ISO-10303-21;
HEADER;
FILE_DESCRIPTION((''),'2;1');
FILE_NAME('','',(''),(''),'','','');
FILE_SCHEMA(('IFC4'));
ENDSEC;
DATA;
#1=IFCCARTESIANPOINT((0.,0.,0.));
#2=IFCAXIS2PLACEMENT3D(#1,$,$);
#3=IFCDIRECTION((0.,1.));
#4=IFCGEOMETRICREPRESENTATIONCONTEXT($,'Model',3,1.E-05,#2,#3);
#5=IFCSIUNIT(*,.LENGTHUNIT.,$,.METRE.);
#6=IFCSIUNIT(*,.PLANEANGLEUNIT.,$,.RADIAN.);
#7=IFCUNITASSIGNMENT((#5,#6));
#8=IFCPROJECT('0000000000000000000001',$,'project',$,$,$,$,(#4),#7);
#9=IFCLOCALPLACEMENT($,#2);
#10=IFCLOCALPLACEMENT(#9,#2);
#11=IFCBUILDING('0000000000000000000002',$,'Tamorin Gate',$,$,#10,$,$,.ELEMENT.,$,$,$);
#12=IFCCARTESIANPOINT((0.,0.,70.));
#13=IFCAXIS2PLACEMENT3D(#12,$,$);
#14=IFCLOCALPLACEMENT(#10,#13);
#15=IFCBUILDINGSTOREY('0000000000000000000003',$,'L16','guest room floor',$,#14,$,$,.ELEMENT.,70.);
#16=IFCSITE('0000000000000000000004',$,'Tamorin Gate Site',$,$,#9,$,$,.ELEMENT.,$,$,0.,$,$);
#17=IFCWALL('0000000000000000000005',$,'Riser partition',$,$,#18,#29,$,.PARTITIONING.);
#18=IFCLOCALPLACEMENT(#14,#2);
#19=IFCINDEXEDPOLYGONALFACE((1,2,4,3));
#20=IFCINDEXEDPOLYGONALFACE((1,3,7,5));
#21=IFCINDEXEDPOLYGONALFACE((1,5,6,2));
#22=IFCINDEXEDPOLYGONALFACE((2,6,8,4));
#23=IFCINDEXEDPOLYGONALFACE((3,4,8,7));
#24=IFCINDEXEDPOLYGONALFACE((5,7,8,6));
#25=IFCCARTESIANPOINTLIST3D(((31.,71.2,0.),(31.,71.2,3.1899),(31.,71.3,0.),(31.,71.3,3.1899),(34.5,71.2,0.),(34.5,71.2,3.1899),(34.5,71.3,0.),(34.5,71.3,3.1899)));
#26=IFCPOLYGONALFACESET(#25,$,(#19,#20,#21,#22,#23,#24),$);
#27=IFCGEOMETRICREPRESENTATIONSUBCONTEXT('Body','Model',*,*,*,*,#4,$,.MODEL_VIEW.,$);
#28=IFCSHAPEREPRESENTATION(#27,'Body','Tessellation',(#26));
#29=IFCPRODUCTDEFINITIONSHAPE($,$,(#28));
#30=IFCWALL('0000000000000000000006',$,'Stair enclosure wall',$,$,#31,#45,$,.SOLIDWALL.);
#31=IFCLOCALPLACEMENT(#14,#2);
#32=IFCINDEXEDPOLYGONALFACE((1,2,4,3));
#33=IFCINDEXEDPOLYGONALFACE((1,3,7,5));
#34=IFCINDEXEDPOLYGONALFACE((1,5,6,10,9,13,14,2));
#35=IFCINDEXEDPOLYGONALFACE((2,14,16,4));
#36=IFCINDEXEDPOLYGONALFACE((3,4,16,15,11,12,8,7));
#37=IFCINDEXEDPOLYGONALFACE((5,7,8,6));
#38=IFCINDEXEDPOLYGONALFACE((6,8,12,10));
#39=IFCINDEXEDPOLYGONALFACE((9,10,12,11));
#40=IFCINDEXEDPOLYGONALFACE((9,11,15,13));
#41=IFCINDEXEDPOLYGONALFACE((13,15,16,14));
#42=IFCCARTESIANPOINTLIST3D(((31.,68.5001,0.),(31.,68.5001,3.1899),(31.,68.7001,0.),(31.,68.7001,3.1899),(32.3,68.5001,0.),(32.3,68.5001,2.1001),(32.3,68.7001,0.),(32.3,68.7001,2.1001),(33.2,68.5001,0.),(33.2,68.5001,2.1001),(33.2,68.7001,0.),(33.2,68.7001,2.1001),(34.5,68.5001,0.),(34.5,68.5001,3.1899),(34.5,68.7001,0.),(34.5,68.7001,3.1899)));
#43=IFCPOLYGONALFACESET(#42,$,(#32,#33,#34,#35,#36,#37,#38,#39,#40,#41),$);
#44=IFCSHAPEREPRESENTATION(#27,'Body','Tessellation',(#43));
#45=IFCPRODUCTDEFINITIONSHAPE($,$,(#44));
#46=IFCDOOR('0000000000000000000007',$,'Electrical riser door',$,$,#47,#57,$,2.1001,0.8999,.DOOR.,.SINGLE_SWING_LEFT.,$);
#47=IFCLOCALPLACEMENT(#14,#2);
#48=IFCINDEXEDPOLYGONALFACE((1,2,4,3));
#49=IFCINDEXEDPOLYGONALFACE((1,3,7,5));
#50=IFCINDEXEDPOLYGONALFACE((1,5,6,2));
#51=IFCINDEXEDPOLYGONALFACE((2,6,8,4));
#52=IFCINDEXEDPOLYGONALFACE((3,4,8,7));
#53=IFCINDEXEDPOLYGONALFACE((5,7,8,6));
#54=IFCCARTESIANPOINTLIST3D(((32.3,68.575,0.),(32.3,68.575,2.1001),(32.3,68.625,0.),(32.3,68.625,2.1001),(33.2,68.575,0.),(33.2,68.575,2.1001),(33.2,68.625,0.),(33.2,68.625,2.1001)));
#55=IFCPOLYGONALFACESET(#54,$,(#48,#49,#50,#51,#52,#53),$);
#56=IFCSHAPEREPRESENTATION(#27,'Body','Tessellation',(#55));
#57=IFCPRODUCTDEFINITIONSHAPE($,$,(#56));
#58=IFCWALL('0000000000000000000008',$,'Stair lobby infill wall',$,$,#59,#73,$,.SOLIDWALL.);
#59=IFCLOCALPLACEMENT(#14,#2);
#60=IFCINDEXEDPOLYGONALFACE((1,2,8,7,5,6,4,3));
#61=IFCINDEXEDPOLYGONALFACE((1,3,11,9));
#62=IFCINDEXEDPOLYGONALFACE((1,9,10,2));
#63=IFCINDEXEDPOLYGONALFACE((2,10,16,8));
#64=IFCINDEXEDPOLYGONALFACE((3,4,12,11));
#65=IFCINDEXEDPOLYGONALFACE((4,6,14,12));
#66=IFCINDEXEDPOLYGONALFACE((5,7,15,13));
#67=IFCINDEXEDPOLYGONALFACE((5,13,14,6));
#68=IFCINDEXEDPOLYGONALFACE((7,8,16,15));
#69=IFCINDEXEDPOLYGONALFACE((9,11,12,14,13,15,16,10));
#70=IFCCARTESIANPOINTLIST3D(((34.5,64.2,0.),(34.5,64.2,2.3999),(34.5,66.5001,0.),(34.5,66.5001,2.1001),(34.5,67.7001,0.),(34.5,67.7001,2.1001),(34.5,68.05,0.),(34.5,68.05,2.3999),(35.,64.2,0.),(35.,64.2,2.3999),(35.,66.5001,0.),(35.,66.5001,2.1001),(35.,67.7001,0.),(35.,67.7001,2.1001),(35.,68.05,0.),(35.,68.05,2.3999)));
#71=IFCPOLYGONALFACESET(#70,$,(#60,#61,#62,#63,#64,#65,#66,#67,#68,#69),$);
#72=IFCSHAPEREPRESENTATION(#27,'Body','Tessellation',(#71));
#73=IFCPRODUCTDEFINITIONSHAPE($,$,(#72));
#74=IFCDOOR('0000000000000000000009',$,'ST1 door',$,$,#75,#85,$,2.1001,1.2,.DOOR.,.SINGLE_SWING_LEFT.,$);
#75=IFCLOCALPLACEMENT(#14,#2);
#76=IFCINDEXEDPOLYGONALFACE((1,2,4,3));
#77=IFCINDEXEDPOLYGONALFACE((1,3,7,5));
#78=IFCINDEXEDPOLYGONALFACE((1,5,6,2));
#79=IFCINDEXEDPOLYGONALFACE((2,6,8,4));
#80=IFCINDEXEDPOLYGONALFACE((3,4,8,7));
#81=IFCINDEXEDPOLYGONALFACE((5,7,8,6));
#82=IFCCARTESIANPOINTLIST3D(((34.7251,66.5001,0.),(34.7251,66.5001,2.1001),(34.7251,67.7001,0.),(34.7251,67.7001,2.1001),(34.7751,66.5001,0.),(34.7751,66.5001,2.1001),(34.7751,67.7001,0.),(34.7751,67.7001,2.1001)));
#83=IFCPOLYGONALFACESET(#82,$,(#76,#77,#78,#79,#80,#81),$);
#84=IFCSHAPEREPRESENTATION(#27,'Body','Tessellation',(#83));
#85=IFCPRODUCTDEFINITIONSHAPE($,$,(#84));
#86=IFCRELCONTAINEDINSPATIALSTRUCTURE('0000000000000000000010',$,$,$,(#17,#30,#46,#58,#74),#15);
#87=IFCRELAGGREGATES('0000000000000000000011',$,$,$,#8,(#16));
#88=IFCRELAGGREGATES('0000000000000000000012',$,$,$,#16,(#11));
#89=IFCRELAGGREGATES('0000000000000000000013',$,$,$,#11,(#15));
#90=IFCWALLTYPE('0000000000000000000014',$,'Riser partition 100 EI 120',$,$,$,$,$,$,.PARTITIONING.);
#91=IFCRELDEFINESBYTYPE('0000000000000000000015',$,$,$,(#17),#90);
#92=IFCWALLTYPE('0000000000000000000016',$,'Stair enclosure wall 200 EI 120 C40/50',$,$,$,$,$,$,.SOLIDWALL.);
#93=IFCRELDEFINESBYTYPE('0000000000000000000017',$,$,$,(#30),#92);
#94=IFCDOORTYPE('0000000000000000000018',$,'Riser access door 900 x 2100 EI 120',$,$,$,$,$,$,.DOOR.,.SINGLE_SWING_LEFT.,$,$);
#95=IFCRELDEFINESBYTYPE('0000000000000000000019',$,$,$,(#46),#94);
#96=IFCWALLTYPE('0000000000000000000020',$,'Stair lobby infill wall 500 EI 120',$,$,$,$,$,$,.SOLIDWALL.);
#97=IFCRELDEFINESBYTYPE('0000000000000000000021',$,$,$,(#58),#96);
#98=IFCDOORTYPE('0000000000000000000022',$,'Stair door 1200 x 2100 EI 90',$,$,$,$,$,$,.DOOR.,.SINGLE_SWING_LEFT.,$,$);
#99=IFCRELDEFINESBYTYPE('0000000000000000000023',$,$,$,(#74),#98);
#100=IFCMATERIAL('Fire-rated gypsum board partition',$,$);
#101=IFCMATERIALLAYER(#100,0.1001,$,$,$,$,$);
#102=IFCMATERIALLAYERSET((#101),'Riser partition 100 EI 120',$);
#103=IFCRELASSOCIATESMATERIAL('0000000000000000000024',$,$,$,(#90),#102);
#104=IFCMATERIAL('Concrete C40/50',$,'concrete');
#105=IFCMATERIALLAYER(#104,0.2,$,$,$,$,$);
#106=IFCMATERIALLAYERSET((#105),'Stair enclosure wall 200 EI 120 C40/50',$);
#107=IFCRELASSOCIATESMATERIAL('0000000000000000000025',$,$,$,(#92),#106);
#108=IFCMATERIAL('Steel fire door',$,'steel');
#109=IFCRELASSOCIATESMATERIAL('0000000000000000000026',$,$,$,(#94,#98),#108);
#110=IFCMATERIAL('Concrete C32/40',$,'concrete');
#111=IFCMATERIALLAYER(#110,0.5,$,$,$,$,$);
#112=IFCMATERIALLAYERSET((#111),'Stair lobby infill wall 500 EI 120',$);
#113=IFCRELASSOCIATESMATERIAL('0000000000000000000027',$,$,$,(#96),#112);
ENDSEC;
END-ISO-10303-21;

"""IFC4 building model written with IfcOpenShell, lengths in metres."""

from ifc_helpers import new_model, si_unit, direction, frame, frame_2d, origin, place, context, subcontext, project, spatial, rectangle, extrude, material, layer, layer_set, type_object, element, fill, save


model = new_model("IFC4")

# Units and contexts
model_context = context("Model", 3, precision=1e-05, world=origin(), true_north=direction((0.0, 1.0)))
body_context = subcontext(model_context, "Body", "Model", "MODEL_VIEW")
ifc_project = project(units=[si_unit("LENGTHUNIT", "METRE"), si_unit("PLANEANGLEUNIT", "RADIAN")], contexts=[model_context])

# Site, building, storey
site_placement = place(None, origin())
site = spatial("IfcSite", under=ifc_project, at=site_placement, Name="Tamorin Gate Site", CompositionType="ELEMENT", RefElevation=0.0)
building_placement = place(site_placement, origin())
building = spatial("IfcBuilding", under=site, at=building_placement, Name="Tamorin Gate", CompositionType="ELEMENT")
storey_placement = place(building_placement, frame((0.0, 0.0, 70.0)))
storey = spatial("IfcBuildingStorey", under=building, at=storey_placement, Name="L16", Description="guest room floor", CompositionType="ELEMENT", Elevation=70.0)

# Shared definitions
ifc_material_1 = material(Name="Concrete C32/40", Category="concrete")

# Wall
ifc_material_2 = material(Name="Fire-rated gypsum board partition")
ifc_layer_1 = layer(ifc_material_2, 0.1001)
ifc_layer_set_1 = layer_set([ifc_layer_1], Name="Riser partition 100 EI 120")
wall_type_1 = type_object("IfcWallType", Name="Riser partition 100 EI 120", PredefinedType="PARTITIONING", material=ifc_layer_set_1)
wall_1_placement = place(storey_placement, frame((31.0, 71.25, 0.0), z_axis=(0.0, 0.0, 1.0), x_axis=(1.0, 0.0, 0.0)))
element("IfcWall", 1, at=wall_1_placement, inside=storey, type_object=wall_type_1, Name="Riser partition", PredefinedType="PARTITIONING", context=body_context, shape_type="SweptSolid", body=[
    extrude(rectangle(XDim=3.5, YDim=0.1001, at=frame_2d((1.75, 0.0))), origin(), (0.0, 0.0, 1.0), 3.1899),
])

# Walls, openings, doors
ifc_material_3 = material(Name="Concrete C40/50", Category="concrete")
ifc_layer_2 = layer(ifc_material_3, 0.2)
ifc_layer_set_2 = layer_set([ifc_layer_2], Name="Stair enclosure wall 200 EI 120 C40/50")
wall_type_2 = type_object("IfcWallType", Name="Stair enclosure wall 200 EI 120 C40/50", PredefinedType="SOLIDWALL", material=ifc_layer_set_2)
wall_2_placement = place(storey_placement, frame((31.0, 68.6001, 0.0), z_axis=(0.0, 0.0, 1.0), x_axis=(1.0, 0.0, 0.0)))
wall_2 = element("IfcWall", 2, at=wall_2_placement, inside=storey, type_object=wall_type_2, Name="Stair enclosure wall", PredefinedType="SOLIDWALL", context=body_context, shape_type="SweptSolid", body=[
    extrude(rectangle(XDim=3.5, YDim=0.2, at=frame_2d((1.75, 0.0))), origin(), (0.0, 0.0, 1.0), 3.1899),
])
opening_1_placement = place(wall_2_placement, frame((1.3, 0.0, 0.0)))
opening_1 = element("IfcOpeningElement", 3, at=opening_1_placement, cuts=wall_2, PredefinedType="OPENING", context=body_context, shape_type="SweptSolid", body=[
    extrude(rectangle(XDim=0.8999, YDim=2.1001, at=frame_2d((0.45, 1.05))), frame((0.0, 0.1099, 0.0), z_axis=(0.0, -1.0, 0.0), x_axis=(1.0, 0.0, 0.0)), (0.0, 0.0, 1.0), 0.22),
])
ifc_material_4 = material(Name="Steel fire door", Category="steel")
door_type_1 = type_object("IfcDoorType", Name="Riser access door 900 x 2100 EI 120", OperationType="SINGLE_SWING_LEFT", PredefinedType="DOOR", material=ifc_material_4)
door_1_placement = place(opening_1_placement, origin())
door_1 = element("IfcDoor", 4, at=door_1_placement, inside=storey, type_object=door_type_1, Name="Electrical riser door", OperationType="SINGLE_SWING_LEFT", OverallHeight=2.1001, OverallWidth=0.8999, PredefinedType="DOOR", context=body_context, shape_type="SweptSolid", body=[
    extrude(rectangle(XDim=0.8999, YDim=2.1001, at=frame_2d((0.45, 1.05))), frame((0.0, 0.0249, 0.0), z_axis=(0.0, -1.0, 0.0), x_axis=(1.0, 0.0, 0.0)), (0.0, 0.0, 1.0), 0.05),
])
fill(opening_1, door_1)
ifc_layer_3 = layer(ifc_material_1, 0.5)
ifc_layer_set_3 = layer_set([ifc_layer_3], Name="Stair lobby infill wall 500 EI 120")
wall_type_3 = type_object("IfcWallType", Name="Stair lobby infill wall 500 EI 120", PredefinedType="SOLIDWALL", material=ifc_layer_set_3)
wall_3_placement = place(storey_placement, frame((34.75, 64.2, 0.0), z_axis=(0.0, 0.0, 1.0), x_axis=(0.0, 1.0, 0.0)))
wall_3 = element("IfcWall", 5, at=wall_3_placement, inside=storey, type_object=wall_type_3, Name="Stair lobby infill wall", PredefinedType="SOLIDWALL", context=body_context, shape_type="SweptSolid", body=[
    extrude(rectangle(XDim=3.8501, YDim=0.5, at=frame_2d((1.925, 0.0))), origin(), (0.0, 0.0, 1.0), 2.3999),
])
opening_2_placement = place(wall_3_placement, frame((2.3, 0.0, 0.0)))
opening_2 = element("IfcOpeningElement", 6, at=opening_2_placement, cuts=wall_3, PredefinedType="OPENING", context=body_context, shape_type="SweptSolid", body=[
    extrude(rectangle(XDim=1.2, YDim=2.1001, at=frame_2d((0.6001, 1.05))), frame((0.0, 0.26, 0.0), z_axis=(0.0, -1.0, 0.0), x_axis=(1.0, 0.0, 0.0)), (0.0, 0.0, 1.0), 0.52),
])
door_type_2 = type_object("IfcDoorType", Name="Stair door 1200 x 2100 EI 90", OperationType="SINGLE_SWING_LEFT", PredefinedType="DOOR", material=ifc_material_4)
door_2_placement = place(opening_2_placement, origin())
door_2 = element("IfcDoor", 7, at=door_2_placement, inside=storey, type_object=door_type_2, Name="ST1 door", OperationType="SINGLE_SWING_LEFT", OverallHeight=2.1001, OverallWidth=1.2, PredefinedType="DOOR", context=body_context, shape_type="SweptSolid", body=[
    extrude(rectangle(XDim=1.2, YDim=2.1001, at=frame_2d((0.6001, 1.05))), frame((0.0, 0.0249, 0.0), z_axis=(0.0, -1.0, 0.0), x_axis=(1.0, 0.0, 0.0)), (0.0, 0.0, 1.0), 0.05),
])
fill(opening_2, door_2)

save(model, "model.ifc")
